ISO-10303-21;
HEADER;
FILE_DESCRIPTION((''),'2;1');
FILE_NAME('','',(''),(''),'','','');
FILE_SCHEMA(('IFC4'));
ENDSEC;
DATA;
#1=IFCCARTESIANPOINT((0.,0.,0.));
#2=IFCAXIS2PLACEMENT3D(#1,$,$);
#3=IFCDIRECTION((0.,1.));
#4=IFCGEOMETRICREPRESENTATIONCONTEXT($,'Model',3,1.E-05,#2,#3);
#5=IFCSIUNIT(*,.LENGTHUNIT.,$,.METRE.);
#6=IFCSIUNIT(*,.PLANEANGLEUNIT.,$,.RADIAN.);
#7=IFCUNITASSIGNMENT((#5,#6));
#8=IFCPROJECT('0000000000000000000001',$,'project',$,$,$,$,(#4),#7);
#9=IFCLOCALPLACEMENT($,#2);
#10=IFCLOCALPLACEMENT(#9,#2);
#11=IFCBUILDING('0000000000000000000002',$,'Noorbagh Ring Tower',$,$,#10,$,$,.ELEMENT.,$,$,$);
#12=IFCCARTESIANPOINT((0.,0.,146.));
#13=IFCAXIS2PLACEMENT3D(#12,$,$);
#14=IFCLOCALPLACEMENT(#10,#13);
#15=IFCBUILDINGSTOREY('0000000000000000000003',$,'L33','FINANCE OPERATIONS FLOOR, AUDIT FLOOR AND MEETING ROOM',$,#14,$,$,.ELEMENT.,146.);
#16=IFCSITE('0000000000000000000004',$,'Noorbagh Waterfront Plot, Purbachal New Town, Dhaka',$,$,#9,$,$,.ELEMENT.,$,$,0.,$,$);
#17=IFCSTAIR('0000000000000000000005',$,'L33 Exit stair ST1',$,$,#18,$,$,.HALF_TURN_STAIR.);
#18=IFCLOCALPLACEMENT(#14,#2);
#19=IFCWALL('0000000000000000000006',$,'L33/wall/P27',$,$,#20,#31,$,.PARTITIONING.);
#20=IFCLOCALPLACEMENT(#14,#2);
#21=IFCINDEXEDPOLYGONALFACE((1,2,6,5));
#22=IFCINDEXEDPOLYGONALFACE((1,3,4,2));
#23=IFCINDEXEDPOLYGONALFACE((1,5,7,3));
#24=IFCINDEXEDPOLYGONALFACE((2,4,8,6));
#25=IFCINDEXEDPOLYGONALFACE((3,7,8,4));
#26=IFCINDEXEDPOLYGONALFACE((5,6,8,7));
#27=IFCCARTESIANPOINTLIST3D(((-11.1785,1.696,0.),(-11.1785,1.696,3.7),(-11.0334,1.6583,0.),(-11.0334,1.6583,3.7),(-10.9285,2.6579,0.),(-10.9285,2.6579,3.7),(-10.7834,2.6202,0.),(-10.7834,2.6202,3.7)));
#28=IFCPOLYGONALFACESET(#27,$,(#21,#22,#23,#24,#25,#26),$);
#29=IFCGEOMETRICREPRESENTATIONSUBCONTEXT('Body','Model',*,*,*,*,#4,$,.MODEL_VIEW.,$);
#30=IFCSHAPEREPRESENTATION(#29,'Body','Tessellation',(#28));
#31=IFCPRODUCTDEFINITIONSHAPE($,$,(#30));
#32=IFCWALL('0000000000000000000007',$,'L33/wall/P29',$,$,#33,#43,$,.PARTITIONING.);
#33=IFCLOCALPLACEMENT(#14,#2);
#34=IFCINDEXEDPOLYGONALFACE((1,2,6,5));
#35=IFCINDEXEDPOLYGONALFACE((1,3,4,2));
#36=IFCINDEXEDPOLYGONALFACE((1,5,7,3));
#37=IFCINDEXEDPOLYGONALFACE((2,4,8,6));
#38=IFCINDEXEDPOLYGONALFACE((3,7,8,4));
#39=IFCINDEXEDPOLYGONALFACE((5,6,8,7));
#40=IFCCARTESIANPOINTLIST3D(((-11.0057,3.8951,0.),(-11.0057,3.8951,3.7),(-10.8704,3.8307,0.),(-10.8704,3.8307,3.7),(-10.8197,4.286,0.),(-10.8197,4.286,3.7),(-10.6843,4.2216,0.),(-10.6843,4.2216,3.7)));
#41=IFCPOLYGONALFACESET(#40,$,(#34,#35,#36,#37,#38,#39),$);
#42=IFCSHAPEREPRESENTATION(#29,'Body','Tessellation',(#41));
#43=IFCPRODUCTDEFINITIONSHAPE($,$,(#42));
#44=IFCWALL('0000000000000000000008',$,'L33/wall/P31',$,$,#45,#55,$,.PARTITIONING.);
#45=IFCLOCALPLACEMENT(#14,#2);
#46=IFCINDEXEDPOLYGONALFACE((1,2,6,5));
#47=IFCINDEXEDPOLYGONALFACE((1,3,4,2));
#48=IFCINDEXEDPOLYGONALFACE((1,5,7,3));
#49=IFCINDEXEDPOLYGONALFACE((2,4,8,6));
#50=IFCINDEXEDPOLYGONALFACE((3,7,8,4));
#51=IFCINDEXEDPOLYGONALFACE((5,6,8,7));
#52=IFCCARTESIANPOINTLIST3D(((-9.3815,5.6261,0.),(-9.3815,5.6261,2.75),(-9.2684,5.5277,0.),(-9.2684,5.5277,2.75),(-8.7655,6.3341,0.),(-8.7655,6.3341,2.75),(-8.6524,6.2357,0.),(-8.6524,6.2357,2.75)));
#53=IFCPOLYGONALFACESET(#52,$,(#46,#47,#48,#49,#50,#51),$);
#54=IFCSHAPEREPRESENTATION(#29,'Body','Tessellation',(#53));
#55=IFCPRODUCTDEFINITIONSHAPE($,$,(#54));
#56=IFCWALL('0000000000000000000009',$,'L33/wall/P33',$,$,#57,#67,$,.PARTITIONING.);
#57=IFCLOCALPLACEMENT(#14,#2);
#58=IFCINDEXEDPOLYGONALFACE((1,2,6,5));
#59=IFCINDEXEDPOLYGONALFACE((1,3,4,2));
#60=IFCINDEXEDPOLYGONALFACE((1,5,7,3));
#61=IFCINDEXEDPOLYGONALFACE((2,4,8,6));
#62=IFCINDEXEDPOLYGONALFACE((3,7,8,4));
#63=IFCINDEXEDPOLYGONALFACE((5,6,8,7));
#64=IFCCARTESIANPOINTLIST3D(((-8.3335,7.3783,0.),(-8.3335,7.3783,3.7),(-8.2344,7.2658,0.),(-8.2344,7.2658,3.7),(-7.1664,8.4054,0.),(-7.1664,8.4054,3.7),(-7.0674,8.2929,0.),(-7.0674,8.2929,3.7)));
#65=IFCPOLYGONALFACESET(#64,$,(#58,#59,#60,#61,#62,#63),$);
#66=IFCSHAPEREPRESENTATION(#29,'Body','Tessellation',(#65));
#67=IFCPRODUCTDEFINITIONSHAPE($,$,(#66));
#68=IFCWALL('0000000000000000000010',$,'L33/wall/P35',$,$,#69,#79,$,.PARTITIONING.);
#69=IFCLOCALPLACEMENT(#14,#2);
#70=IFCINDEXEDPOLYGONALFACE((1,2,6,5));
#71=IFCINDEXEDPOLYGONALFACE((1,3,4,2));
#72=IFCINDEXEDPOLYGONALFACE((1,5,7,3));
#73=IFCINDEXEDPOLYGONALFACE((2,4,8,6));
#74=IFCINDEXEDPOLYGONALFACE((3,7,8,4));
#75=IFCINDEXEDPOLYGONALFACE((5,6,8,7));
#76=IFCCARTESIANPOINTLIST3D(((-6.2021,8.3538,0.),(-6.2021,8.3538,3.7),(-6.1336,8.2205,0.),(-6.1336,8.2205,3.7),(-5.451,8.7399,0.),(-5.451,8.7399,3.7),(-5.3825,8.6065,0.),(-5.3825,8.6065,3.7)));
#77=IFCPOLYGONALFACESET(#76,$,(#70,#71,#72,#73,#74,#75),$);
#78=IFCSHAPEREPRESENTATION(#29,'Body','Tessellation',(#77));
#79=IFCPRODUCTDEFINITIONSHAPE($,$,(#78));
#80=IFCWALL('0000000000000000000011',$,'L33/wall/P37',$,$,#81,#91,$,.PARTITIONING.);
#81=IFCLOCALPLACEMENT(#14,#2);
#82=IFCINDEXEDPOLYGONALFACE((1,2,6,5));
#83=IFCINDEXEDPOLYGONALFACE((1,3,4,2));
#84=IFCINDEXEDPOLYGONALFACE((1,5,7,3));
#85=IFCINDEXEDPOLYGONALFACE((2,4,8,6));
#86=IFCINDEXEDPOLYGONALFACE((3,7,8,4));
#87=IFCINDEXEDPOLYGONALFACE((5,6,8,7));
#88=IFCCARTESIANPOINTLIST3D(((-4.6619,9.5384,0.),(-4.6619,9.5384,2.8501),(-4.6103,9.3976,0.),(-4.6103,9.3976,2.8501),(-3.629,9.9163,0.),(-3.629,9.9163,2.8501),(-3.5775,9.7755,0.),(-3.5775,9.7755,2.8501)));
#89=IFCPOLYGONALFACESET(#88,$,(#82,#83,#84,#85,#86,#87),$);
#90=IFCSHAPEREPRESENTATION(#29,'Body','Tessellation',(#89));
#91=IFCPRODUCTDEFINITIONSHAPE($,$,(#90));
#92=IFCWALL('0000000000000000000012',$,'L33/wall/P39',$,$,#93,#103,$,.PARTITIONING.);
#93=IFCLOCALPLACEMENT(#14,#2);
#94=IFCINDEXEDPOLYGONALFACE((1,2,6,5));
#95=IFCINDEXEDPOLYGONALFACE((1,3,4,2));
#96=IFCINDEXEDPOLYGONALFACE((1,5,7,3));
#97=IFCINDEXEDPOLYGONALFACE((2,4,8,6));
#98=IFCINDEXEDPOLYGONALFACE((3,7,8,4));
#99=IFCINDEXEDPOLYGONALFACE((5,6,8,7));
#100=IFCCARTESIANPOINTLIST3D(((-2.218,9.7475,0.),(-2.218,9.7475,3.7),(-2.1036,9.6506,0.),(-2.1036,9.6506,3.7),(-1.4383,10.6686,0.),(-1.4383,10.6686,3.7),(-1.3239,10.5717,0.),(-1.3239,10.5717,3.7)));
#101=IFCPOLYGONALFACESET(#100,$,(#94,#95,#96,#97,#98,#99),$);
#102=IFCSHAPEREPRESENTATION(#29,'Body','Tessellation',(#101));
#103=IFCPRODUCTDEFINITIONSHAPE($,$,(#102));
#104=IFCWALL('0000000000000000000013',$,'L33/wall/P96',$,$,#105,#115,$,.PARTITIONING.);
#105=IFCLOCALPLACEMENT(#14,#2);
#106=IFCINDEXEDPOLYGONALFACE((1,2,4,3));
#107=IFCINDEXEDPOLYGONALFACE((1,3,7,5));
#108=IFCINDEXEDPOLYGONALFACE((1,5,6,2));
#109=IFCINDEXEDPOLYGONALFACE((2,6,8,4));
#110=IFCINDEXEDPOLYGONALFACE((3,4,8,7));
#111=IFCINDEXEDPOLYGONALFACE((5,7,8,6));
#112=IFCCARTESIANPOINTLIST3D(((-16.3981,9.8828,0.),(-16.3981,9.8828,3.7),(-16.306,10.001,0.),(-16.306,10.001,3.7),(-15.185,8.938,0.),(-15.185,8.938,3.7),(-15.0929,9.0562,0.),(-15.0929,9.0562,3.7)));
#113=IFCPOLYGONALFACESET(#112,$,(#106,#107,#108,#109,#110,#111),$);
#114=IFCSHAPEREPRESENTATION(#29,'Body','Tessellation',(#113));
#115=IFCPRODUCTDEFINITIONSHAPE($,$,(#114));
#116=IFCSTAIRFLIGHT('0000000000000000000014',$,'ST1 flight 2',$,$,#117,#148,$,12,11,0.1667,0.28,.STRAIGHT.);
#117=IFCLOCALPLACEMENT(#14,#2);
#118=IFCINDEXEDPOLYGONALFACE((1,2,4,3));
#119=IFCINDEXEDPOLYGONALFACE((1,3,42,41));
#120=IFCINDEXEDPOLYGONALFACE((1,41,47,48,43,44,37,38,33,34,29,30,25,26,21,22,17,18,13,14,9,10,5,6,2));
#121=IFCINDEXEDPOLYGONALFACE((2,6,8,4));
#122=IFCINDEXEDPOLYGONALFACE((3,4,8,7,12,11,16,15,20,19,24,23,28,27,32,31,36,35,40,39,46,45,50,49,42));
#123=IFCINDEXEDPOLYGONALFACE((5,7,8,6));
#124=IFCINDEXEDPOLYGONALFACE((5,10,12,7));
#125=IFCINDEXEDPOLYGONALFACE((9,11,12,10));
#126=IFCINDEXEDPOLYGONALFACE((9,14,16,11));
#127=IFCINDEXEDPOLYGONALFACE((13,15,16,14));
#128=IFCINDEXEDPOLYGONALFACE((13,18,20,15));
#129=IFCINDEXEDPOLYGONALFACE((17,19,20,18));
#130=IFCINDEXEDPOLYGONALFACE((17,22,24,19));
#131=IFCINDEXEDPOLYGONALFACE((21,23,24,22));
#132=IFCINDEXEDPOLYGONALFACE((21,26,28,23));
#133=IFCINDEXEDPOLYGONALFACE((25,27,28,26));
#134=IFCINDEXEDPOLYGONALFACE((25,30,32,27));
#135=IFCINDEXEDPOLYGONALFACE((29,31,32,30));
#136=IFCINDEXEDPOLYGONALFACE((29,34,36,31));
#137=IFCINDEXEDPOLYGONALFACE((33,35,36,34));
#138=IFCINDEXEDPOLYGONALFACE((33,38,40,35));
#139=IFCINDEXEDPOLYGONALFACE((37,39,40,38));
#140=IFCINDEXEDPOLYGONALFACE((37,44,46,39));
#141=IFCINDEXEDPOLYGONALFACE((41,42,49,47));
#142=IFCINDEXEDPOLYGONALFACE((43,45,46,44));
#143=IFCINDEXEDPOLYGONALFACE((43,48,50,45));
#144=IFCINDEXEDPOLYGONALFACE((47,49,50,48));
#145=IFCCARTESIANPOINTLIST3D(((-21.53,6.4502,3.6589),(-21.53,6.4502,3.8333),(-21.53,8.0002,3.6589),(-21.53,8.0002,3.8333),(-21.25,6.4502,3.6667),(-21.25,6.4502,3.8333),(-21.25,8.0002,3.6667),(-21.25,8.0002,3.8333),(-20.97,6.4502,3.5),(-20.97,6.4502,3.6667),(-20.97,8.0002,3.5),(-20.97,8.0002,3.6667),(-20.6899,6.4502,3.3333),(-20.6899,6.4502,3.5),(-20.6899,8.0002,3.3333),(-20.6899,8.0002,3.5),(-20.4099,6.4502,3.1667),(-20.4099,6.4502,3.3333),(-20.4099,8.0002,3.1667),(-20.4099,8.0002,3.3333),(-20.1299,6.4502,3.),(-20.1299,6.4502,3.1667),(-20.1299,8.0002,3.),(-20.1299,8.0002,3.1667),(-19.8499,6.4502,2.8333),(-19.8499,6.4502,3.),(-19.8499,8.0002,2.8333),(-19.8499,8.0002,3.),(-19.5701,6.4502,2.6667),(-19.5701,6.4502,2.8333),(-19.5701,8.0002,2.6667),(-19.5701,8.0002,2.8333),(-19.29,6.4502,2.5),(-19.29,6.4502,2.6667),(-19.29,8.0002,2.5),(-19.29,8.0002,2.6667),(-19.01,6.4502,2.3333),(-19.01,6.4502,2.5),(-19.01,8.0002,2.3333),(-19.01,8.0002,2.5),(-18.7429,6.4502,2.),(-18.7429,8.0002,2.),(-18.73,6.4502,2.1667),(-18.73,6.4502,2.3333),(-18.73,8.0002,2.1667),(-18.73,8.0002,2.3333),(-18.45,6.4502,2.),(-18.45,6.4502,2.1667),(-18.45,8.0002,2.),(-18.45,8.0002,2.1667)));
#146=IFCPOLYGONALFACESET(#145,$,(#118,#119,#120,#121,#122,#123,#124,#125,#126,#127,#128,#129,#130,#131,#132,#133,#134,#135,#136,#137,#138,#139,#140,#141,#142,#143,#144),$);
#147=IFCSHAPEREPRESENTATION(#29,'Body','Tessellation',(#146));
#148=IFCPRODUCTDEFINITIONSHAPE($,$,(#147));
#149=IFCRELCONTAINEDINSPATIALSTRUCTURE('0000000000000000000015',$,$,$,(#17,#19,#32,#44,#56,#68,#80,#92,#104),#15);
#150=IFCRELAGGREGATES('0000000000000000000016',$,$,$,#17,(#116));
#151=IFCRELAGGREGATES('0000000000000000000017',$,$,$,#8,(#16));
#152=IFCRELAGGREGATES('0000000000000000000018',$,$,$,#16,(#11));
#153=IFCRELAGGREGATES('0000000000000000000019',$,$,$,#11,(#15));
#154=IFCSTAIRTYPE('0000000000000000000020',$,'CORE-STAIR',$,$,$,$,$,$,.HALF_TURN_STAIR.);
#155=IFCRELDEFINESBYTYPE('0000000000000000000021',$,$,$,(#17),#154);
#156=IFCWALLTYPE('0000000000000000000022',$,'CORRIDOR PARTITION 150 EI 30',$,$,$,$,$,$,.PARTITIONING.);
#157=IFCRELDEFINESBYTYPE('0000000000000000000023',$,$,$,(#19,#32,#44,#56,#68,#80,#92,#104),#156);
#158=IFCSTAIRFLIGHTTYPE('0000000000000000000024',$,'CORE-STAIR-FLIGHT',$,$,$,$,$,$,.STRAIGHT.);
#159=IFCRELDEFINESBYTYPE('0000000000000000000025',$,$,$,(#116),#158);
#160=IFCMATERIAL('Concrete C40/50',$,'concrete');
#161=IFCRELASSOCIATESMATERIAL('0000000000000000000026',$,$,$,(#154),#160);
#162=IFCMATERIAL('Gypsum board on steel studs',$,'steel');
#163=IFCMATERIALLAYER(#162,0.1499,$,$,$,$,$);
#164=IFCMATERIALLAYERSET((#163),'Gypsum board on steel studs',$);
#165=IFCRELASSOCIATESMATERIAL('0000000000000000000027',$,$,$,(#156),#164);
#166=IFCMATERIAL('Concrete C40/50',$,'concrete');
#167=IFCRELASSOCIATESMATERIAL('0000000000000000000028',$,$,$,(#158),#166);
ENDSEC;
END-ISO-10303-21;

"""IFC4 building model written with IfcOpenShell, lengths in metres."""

from ifc_helpers import new_model, si_unit, direction, frame, frame_2d, origin, place, context, subcontext, project, spatial, polyline, rectangle, outline, extrude, material, layer, layer_set, type_object, element, aggregate, save


model = new_model("IFC4")

# Units and contexts
model_context = context("Model", 3, precision=1e-05, world=origin(), true_north=direction((0.0, 1.0)))
body_context = subcontext(model_context, "Body", "Model", "MODEL_VIEW")
ifc_project = project(units=[si_unit("LENGTHUNIT", "METRE"), si_unit("PLANEANGLEUNIT", "RADIAN")], contexts=[model_context])

# Site, building, storey
site_placement = place(None, origin())
site = spatial("IfcSite", under=ifc_project, at=site_placement, Name="Noorbagh Waterfront Plot, Purbachal New Town, Dhaka", CompositionType="ELEMENT", RefElevation=0.0)
building_placement = place(site_placement, origin())
building = spatial("IfcBuilding", under=site, at=building_placement, Name="Noorbagh Ring Tower", CompositionType="ELEMENT")
storey_placement = place(building_placement, frame((0.0, 0.0, 146.0)))
storey = spatial("IfcBuildingStorey", under=building, at=storey_placement, Name="L33", Description="FINANCE OPERATIONS FLOOR, AUDIT FLOOR AND MEETING ROOM", CompositionType="ELEMENT", Elevation=146.0)

# Stair
ifc_material_1 = material(Name="Concrete C40/50", Category="concrete")
stair_type = type_object("IfcStairType", Name="CORE-STAIR", PredefinedType="HALF_TURN_STAIR", material=ifc_material_1)
stair_1_placement = place(storey_placement, origin())
stair_1 = element("IfcStair", 1, at=stair_1_placement, inside=storey, type_object=stair_type, Name="L33 Exit stair ST1", PredefinedType="HALF_TURN_STAIR")

# Shared definitions
ifc_material_2 = material(Name="Gypsum board on steel studs", Category="steel")
ifc_layer_1 = layer(ifc_material_2, 0.1499)
ifc_layer_set_1 = layer_set([ifc_layer_1], Name="Gypsum board on steel studs")
wall_type_1 = type_object("IfcWallType", Name="CORRIDOR PARTITION 150 EI 30", PredefinedType="PARTITIONING", material=ifc_layer_set_1)

# Walls
wall_1_placement = place(storey_placement, frame((-11.106, 1.677, 0.0), z_axis=(0.0, 0.0, 1.0), x_axis=(0.251542, 0.967846, 0.0)))
element("IfcWall", 2, at=wall_1_placement, inside=storey, type_object=wall_type_1, Name="L33/wall/P27", PredefinedType="PARTITIONING", context=body_context, shape_type="SweptSolid", body=[
    extrude(rectangle(XDim=0.9939, YDim=0.1499, at=frame_2d((0.4971, 0.0))), origin(), (0.0, 0.0, 1.0), 3.7),
])
wall_2_placement = place(storey_placement, frame((-10.938, 3.863, 0.0), z_axis=(0.0, 0.0, 1.0), x_axis=(0.429758, 0.902944, 0.0)))
element("IfcWall", 3, at=wall_2_placement, inside=storey, type_object=wall_type_1, Name="L33/wall/P29", PredefinedType="PARTITIONING", context=body_context, shape_type="SweptSolid", body=[
    extrude(rectangle(XDim=0.4329, YDim=0.1499, at=frame_2d((0.2163, 0.0))), origin(), (0.0, 0.0, 1.0), 3.7),
])
wall_3_placement = place(storey_placement, frame((-9.325, 5.5769, 0.0), z_axis=(0.0, 0.0, 1.0), x_axis=(0.656365, 0.754443, 0.0)))
element("IfcWall", 4, at=wall_3_placement, inside=storey, type_object=wall_type_1, Name="L33/wall/P31", PredefinedType="PARTITIONING", context=body_context, shape_type="SweptSolid", body=[
    extrude(rectangle(XDim=0.9385, YDim=0.1499, at=frame_2d((0.4692, 0.0))), origin(), (0.0, 0.0, 1.0), 2.75),
])
wall_4_placement = place(storey_placement, frame((-8.2839, 7.322, 0.0), z_axis=(0.0, 0.0, 1.0), x_axis=(0.750667, 0.660681, 0.0)))
element("IfcWall", 5, at=wall_4_placement, inside=storey, type_object=wall_type_1, Name="L33/wall/P33", PredefinedType="PARTITIONING", context=body_context, shape_type="SweptSolid", body=[
    extrude(rectangle(XDim=1.5547, YDim=0.1499, at=frame_2d((0.7773, 0.0))), origin(), (0.0, 0.0, 1.0), 3.7),
])
wall_5_placement = place(storey_placement, frame((-6.168, 8.2871, 0.0), z_axis=(0.0, 0.0, 1.0), x_axis=(0.889399, 0.457132, 0.0)))
element("IfcWall", 6, at=wall_5_placement, inside=storey, type_object=wall_type_1, Name="L33/wall/P35", PredefinedType="PARTITIONING", context=body_context, shape_type="SweptSolid", body=[
    extrude(rectangle(XDim=0.8445, YDim=0.1499, at=frame_2d((0.4224, 0.0))), origin(), (0.0, 0.0, 1.0), 3.7),
])
wall_6_placement = place(storey_placement, frame((-4.636, 9.468, 0.0), z_axis=(0.0, 0.0, 1.0), x_axis=(0.939118, 0.343596, 0.0)))
element("IfcWall", 7, at=wall_6_placement, inside=storey, type_object=wall_type_1, Name="L33/wall/P37", PredefinedType="PARTITIONING", context=body_context, shape_type="SweptSolid", body=[
    extrude(rectangle(XDim=1.0999, YDim=0.1499, at=frame_2d((0.5498, 0.0))), origin(), (0.0, 0.0, 1.0), 2.8501),
])
wall_7_placement = place(storey_placement, frame((-2.1609, 9.699, 0.0), z_axis=(0.0, 0.0, 1.0), x_axis=(0.646115, 0.76324, 0.0)))
element("IfcWall", 8, at=wall_7_placement, inside=storey, type_object=wall_type_1, Name="L33/wall/P39", PredefinedType="PARTITIONING", context=body_context, shape_type="SweptSolid", body=[
    extrude(rectangle(XDim=1.2068, YDim=0.1499, at=frame_2d((0.6035, 0.0))), origin(), (0.0, 0.0, 1.0), 3.7),
])
wall_8_placement = place(storey_placement, frame((-16.3521, 9.9419, 0.0), z_axis=(0.0, 0.0, 1.0), x_axis=(0.78895, -0.614457, 0.0)))
element("IfcWall", 9, at=wall_8_placement, inside=storey, type_object=wall_type_1, Name="L33/wall/P96", PredefinedType="PARTITIONING", context=body_context, shape_type="SweptSolid", body=[
    extrude(rectangle(XDim=1.5376, YDim=0.1499, at=frame_2d((0.7688, 0.0))), origin(), (0.0, 0.0, 1.0), 3.7),
])

# Stair flight
ifc_material_3 = material(Name="Concrete C40/50", Category="concrete")
stair_flight_type = type_object("IfcStairFlightType", Name="CORE-STAIR-FLIGHT", PredefinedType="STRAIGHT", material=ifc_material_3)
stair_flight_placement = place(storey_placement, frame((-18.45, 7.2251, 2.0), z_axis=(0.0, 0.0, 1.0), x_axis=(-1.0, 0.0, 0.0)))
stair_flight = element("IfcStairFlight", 10, at=stair_flight_placement, type_object=stair_flight_type, Name="ST1 flight 2", NumberOfRisers=12, NumberOfTreads=11, PredefinedType="STRAIGHT", RiserHeight=0.1667, TreadLength=0.28, context=body_context, shape_type="SweptSolid", body=[
    extrude(outline(polyline([(0.0, 0.0), (0.0, 0.1667), (0.28, 0.1667), (0.28, 0.3333), (0.5601, 0.3333), (0.5601, 0.5), (0.8401, 0.5), (0.8401, 0.6667), (1.1201, 0.6667), (1.1201, 0.8333), (1.3999, 0.8333), (1.3999, 1.0), (1.6799, 1.0), (1.6799, 1.1667), (1.96, 1.1667), (1.96, 1.3333), (2.24, 1.3333), (2.24, 1.5), (2.52, 1.5), (2.52, 1.6667), (2.8, 1.6667), (2.8, 1.8333), (3.0801, 1.8333), (3.0801, 2.0), (3.0801, 1.6589), (0.293, 0.0), (0.0, 0.0)])), frame((0.0, 0.7749, 0.0), z_axis=(0.0, -1.0, 0.0), x_axis=(1.0, 0.0, 0.0)), (0.0, 0.0, 1.0), 1.55),
])
aggregate(stair_1, [stair_flight])

save(model, "model.ifc")
